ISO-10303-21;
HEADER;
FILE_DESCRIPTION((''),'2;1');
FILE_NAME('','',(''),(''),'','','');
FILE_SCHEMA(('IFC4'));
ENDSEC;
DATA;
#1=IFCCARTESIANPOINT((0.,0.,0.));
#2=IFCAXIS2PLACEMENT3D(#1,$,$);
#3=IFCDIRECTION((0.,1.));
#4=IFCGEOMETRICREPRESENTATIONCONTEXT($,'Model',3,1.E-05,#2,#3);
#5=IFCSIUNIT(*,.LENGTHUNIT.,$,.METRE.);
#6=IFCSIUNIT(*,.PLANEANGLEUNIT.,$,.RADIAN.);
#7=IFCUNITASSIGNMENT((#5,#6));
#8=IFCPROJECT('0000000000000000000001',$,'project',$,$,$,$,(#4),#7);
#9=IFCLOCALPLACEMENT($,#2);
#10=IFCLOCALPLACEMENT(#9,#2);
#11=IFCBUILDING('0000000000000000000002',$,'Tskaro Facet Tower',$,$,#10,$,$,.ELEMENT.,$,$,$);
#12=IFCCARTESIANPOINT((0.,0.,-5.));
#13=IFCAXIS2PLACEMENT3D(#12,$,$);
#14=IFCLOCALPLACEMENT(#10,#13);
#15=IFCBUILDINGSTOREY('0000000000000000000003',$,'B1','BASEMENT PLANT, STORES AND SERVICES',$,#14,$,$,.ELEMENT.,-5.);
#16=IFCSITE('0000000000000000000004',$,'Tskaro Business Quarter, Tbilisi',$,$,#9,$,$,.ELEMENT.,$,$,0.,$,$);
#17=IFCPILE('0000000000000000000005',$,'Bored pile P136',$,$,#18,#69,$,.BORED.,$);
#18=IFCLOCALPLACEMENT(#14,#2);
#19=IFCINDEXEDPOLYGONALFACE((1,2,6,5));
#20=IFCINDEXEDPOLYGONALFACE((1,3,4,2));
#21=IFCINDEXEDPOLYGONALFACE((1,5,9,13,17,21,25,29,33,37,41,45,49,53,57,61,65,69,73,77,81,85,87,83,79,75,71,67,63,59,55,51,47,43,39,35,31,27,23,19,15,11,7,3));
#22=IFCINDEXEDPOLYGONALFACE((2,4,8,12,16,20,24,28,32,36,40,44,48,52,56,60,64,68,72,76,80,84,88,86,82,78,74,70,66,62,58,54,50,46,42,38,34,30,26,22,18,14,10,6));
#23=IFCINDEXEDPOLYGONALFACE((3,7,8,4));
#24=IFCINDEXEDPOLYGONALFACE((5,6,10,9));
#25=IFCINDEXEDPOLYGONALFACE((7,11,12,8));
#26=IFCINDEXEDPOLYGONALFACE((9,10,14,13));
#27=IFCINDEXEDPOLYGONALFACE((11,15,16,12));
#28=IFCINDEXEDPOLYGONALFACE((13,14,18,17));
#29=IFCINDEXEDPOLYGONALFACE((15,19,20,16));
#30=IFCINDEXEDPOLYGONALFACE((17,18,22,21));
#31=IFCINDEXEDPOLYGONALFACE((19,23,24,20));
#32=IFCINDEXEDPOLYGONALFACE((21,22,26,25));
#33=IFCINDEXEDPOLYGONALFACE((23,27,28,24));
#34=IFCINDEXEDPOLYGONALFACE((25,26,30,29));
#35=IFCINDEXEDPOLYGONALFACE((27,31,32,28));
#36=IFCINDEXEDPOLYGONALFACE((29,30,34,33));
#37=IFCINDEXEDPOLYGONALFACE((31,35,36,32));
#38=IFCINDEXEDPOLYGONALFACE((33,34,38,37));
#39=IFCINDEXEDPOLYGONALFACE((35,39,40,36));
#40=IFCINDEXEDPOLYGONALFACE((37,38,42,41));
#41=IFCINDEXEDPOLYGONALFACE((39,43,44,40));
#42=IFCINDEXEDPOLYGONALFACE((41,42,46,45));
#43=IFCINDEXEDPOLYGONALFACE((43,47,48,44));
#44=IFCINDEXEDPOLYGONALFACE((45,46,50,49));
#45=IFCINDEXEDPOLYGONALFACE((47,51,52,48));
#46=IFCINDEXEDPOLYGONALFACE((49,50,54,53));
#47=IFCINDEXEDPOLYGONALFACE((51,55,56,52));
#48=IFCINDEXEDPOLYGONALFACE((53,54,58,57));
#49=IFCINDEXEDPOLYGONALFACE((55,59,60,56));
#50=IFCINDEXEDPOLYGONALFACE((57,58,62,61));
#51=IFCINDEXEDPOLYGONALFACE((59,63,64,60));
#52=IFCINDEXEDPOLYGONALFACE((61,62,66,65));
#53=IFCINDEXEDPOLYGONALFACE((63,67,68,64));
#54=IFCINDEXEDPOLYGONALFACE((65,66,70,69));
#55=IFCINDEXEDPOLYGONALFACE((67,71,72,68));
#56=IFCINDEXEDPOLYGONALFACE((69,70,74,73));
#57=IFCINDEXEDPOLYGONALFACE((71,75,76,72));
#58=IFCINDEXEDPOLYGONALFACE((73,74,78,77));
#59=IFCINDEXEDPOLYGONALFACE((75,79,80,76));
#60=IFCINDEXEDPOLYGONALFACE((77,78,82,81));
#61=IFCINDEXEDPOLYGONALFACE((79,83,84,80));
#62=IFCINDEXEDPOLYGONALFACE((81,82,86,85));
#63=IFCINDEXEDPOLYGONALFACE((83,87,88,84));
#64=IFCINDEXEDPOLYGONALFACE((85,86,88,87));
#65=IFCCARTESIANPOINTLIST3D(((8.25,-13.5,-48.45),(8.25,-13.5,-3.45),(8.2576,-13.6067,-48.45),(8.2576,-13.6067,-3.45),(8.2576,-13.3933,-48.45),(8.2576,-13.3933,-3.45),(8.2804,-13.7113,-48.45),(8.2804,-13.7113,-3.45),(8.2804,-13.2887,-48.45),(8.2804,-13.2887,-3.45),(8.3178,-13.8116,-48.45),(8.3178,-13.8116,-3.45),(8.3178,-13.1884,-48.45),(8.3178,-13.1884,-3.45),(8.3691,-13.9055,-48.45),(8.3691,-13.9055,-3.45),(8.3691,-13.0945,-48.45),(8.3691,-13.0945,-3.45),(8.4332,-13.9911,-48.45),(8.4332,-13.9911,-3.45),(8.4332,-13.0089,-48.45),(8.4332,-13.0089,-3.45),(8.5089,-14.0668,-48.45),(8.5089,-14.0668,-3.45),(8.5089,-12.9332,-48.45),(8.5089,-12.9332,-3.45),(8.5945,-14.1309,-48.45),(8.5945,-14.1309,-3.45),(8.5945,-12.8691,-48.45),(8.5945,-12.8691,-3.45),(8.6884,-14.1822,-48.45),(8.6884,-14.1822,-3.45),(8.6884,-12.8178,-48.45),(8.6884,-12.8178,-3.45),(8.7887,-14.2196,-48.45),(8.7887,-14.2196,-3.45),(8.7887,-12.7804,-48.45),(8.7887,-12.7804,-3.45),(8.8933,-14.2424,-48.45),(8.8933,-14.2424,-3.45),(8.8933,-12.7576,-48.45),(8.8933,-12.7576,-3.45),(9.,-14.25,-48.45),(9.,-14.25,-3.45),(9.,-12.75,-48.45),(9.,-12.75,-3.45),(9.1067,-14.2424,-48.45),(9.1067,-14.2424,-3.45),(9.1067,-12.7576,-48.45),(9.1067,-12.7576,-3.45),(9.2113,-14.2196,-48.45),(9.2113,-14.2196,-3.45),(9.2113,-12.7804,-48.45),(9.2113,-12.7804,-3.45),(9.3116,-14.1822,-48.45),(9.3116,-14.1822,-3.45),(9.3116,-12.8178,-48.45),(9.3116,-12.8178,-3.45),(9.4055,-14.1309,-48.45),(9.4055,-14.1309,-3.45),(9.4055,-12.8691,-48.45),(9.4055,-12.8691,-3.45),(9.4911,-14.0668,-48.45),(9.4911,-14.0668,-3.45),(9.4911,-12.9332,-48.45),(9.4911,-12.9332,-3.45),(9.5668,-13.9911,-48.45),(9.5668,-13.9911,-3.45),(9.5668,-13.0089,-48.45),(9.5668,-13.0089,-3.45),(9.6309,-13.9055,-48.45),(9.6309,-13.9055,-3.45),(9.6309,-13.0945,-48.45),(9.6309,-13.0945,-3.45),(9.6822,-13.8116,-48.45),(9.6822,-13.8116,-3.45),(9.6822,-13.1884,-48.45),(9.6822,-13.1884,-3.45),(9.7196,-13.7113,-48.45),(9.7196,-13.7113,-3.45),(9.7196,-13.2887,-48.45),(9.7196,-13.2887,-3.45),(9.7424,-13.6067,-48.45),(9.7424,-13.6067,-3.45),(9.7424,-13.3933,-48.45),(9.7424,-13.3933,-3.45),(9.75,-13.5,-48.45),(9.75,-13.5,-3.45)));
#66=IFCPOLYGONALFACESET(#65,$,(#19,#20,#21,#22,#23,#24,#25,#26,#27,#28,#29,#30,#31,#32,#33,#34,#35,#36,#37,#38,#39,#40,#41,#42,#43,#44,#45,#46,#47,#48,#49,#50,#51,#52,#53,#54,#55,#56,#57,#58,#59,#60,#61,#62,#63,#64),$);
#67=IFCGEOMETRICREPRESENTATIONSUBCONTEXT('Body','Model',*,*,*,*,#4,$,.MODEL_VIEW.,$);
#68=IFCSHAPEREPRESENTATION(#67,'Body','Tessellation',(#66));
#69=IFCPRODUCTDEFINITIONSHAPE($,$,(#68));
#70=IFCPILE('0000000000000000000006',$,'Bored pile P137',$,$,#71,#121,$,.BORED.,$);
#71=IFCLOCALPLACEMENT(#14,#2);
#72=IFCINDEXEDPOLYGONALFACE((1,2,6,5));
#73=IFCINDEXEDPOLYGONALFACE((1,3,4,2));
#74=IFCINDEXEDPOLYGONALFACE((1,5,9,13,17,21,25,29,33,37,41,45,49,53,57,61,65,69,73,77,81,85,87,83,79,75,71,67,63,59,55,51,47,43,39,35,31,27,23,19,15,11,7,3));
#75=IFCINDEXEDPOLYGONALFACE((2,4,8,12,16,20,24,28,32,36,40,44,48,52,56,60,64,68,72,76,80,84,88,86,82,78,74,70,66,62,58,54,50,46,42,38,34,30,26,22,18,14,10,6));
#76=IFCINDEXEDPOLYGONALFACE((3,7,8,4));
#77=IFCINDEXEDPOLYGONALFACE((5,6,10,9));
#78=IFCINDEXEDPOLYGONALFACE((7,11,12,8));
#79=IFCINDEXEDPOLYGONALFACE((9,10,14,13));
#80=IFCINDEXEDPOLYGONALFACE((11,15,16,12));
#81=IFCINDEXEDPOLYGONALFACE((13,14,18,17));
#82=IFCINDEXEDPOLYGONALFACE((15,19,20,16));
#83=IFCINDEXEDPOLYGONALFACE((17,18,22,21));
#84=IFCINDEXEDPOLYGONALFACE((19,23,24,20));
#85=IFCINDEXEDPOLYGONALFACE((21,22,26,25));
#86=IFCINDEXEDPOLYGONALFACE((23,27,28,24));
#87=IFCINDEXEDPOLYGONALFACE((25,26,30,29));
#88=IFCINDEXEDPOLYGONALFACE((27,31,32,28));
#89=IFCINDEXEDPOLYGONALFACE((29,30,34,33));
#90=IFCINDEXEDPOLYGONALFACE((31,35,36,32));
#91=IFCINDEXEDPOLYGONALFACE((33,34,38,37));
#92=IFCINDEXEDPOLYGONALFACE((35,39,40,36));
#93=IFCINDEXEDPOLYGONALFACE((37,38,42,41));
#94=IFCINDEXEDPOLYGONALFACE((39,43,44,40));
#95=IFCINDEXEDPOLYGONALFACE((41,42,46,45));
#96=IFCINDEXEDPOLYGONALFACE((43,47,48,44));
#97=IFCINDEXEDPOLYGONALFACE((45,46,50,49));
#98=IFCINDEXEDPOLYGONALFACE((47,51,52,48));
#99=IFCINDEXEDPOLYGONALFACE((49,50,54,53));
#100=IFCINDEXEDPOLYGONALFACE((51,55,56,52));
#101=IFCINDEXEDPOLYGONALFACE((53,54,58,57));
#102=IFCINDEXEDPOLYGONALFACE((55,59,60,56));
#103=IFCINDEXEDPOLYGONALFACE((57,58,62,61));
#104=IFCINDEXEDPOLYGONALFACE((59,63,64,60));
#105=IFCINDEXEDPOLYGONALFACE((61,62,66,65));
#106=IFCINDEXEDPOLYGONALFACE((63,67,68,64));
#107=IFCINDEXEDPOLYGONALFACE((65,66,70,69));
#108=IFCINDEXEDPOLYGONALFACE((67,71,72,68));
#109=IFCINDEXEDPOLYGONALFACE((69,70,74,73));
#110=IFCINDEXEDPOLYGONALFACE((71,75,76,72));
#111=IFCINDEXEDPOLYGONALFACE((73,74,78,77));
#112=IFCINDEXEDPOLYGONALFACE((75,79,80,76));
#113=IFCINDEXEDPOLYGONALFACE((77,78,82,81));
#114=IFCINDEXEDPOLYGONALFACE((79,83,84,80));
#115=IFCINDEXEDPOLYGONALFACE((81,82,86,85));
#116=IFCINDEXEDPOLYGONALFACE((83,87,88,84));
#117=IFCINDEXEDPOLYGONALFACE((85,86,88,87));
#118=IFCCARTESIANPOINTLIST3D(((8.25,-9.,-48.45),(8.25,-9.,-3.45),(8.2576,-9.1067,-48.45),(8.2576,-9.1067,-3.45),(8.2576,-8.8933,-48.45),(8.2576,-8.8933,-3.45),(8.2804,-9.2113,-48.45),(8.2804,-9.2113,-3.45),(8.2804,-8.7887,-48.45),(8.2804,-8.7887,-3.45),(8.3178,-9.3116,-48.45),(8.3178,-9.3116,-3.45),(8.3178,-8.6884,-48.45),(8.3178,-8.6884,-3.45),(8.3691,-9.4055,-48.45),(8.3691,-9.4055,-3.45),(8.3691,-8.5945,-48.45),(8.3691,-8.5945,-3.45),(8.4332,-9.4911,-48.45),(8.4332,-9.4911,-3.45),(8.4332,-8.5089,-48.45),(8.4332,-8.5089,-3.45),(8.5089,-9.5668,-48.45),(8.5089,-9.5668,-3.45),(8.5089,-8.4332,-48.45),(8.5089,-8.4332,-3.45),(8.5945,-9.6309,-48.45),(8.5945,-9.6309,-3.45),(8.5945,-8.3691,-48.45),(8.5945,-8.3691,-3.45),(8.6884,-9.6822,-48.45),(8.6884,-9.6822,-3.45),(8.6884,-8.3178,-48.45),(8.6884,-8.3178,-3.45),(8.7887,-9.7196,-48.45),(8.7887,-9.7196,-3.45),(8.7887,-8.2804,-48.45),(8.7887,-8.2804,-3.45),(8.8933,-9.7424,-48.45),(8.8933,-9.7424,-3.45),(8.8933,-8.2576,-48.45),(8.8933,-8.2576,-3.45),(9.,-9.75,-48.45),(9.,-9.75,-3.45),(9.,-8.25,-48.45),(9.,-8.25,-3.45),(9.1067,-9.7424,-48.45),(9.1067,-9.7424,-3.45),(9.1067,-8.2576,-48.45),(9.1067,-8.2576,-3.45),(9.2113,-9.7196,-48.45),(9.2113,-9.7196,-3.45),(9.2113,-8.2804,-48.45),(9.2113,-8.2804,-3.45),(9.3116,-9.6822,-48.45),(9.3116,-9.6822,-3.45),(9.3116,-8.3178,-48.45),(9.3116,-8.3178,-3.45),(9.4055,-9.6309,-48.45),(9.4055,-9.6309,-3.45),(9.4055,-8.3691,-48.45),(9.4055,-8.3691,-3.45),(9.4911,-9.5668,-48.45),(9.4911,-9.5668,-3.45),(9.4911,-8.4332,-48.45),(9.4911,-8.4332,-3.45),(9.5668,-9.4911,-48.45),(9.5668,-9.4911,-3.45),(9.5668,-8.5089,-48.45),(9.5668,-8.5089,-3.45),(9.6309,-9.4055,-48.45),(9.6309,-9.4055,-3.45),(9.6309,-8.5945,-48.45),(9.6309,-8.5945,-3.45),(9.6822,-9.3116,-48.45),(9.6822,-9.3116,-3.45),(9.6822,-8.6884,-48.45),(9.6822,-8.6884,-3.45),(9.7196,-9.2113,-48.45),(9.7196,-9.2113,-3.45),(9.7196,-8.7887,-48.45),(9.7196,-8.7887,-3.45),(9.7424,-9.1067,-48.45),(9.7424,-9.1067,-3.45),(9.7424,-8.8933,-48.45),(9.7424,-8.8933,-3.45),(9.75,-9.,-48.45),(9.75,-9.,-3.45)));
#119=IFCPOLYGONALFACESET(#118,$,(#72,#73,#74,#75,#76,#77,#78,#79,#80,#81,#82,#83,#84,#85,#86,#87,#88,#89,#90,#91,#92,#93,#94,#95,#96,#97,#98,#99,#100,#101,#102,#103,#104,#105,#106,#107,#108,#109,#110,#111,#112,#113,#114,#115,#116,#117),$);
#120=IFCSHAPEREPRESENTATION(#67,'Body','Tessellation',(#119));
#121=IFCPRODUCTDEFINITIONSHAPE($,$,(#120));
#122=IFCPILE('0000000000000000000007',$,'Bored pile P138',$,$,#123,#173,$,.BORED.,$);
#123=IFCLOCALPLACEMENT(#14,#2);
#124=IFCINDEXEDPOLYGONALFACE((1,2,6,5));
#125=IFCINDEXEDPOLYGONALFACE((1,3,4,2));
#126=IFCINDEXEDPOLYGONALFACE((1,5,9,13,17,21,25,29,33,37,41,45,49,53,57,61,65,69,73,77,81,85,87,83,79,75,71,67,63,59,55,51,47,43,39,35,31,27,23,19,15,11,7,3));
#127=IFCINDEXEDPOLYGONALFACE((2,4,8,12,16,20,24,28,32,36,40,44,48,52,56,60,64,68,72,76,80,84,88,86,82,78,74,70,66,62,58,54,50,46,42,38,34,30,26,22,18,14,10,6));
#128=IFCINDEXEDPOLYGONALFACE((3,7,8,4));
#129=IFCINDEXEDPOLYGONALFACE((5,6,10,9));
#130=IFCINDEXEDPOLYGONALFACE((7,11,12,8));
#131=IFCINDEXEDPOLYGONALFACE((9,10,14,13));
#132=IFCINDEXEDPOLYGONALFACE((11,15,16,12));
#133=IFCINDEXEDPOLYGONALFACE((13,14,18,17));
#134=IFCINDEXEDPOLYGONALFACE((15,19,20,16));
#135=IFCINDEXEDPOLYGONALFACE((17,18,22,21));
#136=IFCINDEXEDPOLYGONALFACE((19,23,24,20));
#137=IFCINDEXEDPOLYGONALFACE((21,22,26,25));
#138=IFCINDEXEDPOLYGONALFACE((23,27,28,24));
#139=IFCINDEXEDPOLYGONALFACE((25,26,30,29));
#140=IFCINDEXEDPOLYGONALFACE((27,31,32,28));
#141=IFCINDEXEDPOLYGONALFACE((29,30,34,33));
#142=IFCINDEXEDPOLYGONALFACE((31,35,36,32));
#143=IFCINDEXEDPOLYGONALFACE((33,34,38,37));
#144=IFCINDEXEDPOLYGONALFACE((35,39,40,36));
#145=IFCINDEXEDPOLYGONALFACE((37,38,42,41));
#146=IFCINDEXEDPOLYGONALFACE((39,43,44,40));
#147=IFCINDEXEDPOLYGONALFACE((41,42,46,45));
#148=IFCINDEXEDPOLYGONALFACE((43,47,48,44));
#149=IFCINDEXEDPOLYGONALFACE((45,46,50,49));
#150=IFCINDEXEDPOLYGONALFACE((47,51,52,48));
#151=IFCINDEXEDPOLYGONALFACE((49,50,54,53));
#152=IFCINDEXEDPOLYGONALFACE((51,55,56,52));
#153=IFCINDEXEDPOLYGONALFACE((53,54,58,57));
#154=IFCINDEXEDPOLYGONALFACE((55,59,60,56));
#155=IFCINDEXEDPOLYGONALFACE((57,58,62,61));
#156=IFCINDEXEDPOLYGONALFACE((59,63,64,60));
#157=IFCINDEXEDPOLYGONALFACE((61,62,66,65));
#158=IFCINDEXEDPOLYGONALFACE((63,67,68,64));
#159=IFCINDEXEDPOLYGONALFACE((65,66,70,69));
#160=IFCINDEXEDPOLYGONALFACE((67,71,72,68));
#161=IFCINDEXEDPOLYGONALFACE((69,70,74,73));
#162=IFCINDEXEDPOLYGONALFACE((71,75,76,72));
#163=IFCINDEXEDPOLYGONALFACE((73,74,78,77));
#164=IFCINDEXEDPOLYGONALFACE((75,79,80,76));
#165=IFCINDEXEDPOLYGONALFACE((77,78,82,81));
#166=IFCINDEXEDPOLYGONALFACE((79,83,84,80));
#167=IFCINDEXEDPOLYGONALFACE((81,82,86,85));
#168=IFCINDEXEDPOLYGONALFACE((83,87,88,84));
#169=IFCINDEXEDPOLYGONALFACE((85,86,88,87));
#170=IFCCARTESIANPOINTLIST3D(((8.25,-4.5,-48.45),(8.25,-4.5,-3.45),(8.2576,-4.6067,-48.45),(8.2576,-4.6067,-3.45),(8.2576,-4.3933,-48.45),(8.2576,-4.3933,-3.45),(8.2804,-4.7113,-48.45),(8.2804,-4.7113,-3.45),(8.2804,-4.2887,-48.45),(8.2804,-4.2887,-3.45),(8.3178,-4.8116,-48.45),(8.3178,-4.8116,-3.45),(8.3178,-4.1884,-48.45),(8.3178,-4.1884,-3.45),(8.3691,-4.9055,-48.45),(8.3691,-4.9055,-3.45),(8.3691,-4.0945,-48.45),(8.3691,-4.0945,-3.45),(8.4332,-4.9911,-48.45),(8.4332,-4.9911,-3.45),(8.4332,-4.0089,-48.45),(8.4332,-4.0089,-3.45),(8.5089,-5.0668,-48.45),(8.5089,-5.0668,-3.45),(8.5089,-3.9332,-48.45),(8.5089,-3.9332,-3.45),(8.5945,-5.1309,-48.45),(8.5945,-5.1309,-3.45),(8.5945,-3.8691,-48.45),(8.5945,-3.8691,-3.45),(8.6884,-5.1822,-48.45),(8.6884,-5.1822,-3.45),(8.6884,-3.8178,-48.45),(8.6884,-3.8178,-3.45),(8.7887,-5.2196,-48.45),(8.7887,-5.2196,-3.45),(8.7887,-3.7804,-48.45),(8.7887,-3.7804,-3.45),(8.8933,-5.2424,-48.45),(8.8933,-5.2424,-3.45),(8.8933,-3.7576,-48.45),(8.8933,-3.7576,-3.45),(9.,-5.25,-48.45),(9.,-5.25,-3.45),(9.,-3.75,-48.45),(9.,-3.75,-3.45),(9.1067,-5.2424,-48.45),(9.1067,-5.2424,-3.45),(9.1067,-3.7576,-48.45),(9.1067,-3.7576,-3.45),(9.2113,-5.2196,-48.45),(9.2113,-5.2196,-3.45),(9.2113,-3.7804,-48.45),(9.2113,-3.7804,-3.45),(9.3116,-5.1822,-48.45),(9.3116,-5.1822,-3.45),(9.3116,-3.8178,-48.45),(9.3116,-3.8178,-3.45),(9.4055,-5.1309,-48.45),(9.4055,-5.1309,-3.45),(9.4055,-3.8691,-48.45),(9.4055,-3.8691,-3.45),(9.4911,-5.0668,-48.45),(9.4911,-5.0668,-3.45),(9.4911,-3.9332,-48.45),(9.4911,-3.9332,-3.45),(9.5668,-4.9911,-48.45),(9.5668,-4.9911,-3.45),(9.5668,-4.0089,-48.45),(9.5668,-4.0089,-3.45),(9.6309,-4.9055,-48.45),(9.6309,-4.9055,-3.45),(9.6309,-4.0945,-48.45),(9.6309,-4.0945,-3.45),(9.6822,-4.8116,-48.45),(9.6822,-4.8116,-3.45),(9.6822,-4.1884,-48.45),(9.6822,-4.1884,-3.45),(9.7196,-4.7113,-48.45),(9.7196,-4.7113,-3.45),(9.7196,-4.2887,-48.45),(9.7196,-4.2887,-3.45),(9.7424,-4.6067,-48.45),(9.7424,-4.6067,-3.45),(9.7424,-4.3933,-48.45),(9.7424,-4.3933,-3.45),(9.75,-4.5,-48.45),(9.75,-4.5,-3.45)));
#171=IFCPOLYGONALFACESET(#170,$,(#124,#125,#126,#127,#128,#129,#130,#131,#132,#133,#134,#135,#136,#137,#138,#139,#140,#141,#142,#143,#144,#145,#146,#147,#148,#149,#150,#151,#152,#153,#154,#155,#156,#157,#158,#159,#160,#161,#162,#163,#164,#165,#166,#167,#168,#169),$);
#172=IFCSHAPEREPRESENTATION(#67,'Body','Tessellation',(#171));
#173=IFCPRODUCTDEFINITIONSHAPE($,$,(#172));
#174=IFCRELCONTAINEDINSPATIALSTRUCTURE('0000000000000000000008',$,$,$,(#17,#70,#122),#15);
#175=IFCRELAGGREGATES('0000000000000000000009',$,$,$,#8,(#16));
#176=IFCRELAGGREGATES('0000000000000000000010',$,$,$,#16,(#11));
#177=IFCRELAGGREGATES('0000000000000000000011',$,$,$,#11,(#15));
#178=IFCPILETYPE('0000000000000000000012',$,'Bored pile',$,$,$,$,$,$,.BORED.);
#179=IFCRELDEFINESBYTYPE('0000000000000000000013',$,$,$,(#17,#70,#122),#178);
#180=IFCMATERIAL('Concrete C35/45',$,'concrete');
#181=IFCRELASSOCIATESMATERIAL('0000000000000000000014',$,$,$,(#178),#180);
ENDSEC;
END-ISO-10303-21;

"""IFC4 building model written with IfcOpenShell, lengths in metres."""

from ifc_helpers import new_model, si_unit, direction, frame, origin, origin_2d, place, context, subcontext, project, spatial, circle, extrude, material, material_profile, profile_set, type_object, element, save


model = new_model("IFC4")

# Units and contexts
model_context = context("Model", 3, precision=1e-05, world=origin(), true_north=direction((0.0, 1.0)))
body_context = subcontext(model_context, "Body", "Model", "MODEL_VIEW")
ifc_project = project(units=[si_unit("LENGTHUNIT", "METRE"), si_unit("PLANEANGLEUNIT", "RADIAN")], contexts=[model_context])

# Site, building, storey
site_placement = place(None, origin())
site = spatial("IfcSite", under=ifc_project, at=site_placement, Name="Tskaro Business Quarter, Tbilisi", CompositionType="ELEMENT", RefElevation=0.0)
building_placement = place(site_placement, origin())
building = spatial("IfcBuilding", under=site, at=building_placement, Name="Tskaro Facet Tower", CompositionType="ELEMENT")
storey_placement = place(building_placement, frame((0.0, 0.0, -5.0)))
storey = spatial("IfcBuildingStorey", under=building, at=storey_placement, Name="B1", Description="BASEMENT PLANT, STORES AND SERVICES", CompositionType="ELEMENT", Elevation=-5.0)

# Piles
ifc_material_1 = material(Name="Concrete C35/45", Category="concrete")
ifc_material_profile_1 = material_profile(ifc_material_1, circle(Radius=0.75, at=origin_2d()), Name="Bored pile")
ifc_profile_set_1 = profile_set([ifc_material_profile_1], Name="Concrete C35/45")
pile_type = type_object("IfcPileType", Name="Bored pile", PredefinedType="BORED", material=ifc_profile_set_1)
for number, where, z_axis, x_axis, name in (
    (1, (9.0, -13.5, -3.45), (0.0, 0.0, -1.0), (1.0, 0.0, 0.0), "Bored pile P136"),
    (2, (9.0, -9.0, -3.45), (0.0, 0.0, -1.0), (1.0, 0.0, 0.0), "Bored pile P137"),
    (3, (9.0, -4.5, -3.45), (0.0, 0.0, -1.0), (1.0, 0.0, 0.0), "Bored pile P138"),
):
    element("IfcPile", number, at=place(storey_placement, frame(where, z_axis=z_axis, x_axis=x_axis)), inside=storey, type_object=pile_type, Name=name, PredefinedType="BORED", context=body_context, shape_type="SweptSolid", body=[
        extrude(circle(Radius=0.75, at=origin_2d()), origin(), (0.0, 0.0, 1.0), 45.0),
    ])

save(model, "model.ifc")
